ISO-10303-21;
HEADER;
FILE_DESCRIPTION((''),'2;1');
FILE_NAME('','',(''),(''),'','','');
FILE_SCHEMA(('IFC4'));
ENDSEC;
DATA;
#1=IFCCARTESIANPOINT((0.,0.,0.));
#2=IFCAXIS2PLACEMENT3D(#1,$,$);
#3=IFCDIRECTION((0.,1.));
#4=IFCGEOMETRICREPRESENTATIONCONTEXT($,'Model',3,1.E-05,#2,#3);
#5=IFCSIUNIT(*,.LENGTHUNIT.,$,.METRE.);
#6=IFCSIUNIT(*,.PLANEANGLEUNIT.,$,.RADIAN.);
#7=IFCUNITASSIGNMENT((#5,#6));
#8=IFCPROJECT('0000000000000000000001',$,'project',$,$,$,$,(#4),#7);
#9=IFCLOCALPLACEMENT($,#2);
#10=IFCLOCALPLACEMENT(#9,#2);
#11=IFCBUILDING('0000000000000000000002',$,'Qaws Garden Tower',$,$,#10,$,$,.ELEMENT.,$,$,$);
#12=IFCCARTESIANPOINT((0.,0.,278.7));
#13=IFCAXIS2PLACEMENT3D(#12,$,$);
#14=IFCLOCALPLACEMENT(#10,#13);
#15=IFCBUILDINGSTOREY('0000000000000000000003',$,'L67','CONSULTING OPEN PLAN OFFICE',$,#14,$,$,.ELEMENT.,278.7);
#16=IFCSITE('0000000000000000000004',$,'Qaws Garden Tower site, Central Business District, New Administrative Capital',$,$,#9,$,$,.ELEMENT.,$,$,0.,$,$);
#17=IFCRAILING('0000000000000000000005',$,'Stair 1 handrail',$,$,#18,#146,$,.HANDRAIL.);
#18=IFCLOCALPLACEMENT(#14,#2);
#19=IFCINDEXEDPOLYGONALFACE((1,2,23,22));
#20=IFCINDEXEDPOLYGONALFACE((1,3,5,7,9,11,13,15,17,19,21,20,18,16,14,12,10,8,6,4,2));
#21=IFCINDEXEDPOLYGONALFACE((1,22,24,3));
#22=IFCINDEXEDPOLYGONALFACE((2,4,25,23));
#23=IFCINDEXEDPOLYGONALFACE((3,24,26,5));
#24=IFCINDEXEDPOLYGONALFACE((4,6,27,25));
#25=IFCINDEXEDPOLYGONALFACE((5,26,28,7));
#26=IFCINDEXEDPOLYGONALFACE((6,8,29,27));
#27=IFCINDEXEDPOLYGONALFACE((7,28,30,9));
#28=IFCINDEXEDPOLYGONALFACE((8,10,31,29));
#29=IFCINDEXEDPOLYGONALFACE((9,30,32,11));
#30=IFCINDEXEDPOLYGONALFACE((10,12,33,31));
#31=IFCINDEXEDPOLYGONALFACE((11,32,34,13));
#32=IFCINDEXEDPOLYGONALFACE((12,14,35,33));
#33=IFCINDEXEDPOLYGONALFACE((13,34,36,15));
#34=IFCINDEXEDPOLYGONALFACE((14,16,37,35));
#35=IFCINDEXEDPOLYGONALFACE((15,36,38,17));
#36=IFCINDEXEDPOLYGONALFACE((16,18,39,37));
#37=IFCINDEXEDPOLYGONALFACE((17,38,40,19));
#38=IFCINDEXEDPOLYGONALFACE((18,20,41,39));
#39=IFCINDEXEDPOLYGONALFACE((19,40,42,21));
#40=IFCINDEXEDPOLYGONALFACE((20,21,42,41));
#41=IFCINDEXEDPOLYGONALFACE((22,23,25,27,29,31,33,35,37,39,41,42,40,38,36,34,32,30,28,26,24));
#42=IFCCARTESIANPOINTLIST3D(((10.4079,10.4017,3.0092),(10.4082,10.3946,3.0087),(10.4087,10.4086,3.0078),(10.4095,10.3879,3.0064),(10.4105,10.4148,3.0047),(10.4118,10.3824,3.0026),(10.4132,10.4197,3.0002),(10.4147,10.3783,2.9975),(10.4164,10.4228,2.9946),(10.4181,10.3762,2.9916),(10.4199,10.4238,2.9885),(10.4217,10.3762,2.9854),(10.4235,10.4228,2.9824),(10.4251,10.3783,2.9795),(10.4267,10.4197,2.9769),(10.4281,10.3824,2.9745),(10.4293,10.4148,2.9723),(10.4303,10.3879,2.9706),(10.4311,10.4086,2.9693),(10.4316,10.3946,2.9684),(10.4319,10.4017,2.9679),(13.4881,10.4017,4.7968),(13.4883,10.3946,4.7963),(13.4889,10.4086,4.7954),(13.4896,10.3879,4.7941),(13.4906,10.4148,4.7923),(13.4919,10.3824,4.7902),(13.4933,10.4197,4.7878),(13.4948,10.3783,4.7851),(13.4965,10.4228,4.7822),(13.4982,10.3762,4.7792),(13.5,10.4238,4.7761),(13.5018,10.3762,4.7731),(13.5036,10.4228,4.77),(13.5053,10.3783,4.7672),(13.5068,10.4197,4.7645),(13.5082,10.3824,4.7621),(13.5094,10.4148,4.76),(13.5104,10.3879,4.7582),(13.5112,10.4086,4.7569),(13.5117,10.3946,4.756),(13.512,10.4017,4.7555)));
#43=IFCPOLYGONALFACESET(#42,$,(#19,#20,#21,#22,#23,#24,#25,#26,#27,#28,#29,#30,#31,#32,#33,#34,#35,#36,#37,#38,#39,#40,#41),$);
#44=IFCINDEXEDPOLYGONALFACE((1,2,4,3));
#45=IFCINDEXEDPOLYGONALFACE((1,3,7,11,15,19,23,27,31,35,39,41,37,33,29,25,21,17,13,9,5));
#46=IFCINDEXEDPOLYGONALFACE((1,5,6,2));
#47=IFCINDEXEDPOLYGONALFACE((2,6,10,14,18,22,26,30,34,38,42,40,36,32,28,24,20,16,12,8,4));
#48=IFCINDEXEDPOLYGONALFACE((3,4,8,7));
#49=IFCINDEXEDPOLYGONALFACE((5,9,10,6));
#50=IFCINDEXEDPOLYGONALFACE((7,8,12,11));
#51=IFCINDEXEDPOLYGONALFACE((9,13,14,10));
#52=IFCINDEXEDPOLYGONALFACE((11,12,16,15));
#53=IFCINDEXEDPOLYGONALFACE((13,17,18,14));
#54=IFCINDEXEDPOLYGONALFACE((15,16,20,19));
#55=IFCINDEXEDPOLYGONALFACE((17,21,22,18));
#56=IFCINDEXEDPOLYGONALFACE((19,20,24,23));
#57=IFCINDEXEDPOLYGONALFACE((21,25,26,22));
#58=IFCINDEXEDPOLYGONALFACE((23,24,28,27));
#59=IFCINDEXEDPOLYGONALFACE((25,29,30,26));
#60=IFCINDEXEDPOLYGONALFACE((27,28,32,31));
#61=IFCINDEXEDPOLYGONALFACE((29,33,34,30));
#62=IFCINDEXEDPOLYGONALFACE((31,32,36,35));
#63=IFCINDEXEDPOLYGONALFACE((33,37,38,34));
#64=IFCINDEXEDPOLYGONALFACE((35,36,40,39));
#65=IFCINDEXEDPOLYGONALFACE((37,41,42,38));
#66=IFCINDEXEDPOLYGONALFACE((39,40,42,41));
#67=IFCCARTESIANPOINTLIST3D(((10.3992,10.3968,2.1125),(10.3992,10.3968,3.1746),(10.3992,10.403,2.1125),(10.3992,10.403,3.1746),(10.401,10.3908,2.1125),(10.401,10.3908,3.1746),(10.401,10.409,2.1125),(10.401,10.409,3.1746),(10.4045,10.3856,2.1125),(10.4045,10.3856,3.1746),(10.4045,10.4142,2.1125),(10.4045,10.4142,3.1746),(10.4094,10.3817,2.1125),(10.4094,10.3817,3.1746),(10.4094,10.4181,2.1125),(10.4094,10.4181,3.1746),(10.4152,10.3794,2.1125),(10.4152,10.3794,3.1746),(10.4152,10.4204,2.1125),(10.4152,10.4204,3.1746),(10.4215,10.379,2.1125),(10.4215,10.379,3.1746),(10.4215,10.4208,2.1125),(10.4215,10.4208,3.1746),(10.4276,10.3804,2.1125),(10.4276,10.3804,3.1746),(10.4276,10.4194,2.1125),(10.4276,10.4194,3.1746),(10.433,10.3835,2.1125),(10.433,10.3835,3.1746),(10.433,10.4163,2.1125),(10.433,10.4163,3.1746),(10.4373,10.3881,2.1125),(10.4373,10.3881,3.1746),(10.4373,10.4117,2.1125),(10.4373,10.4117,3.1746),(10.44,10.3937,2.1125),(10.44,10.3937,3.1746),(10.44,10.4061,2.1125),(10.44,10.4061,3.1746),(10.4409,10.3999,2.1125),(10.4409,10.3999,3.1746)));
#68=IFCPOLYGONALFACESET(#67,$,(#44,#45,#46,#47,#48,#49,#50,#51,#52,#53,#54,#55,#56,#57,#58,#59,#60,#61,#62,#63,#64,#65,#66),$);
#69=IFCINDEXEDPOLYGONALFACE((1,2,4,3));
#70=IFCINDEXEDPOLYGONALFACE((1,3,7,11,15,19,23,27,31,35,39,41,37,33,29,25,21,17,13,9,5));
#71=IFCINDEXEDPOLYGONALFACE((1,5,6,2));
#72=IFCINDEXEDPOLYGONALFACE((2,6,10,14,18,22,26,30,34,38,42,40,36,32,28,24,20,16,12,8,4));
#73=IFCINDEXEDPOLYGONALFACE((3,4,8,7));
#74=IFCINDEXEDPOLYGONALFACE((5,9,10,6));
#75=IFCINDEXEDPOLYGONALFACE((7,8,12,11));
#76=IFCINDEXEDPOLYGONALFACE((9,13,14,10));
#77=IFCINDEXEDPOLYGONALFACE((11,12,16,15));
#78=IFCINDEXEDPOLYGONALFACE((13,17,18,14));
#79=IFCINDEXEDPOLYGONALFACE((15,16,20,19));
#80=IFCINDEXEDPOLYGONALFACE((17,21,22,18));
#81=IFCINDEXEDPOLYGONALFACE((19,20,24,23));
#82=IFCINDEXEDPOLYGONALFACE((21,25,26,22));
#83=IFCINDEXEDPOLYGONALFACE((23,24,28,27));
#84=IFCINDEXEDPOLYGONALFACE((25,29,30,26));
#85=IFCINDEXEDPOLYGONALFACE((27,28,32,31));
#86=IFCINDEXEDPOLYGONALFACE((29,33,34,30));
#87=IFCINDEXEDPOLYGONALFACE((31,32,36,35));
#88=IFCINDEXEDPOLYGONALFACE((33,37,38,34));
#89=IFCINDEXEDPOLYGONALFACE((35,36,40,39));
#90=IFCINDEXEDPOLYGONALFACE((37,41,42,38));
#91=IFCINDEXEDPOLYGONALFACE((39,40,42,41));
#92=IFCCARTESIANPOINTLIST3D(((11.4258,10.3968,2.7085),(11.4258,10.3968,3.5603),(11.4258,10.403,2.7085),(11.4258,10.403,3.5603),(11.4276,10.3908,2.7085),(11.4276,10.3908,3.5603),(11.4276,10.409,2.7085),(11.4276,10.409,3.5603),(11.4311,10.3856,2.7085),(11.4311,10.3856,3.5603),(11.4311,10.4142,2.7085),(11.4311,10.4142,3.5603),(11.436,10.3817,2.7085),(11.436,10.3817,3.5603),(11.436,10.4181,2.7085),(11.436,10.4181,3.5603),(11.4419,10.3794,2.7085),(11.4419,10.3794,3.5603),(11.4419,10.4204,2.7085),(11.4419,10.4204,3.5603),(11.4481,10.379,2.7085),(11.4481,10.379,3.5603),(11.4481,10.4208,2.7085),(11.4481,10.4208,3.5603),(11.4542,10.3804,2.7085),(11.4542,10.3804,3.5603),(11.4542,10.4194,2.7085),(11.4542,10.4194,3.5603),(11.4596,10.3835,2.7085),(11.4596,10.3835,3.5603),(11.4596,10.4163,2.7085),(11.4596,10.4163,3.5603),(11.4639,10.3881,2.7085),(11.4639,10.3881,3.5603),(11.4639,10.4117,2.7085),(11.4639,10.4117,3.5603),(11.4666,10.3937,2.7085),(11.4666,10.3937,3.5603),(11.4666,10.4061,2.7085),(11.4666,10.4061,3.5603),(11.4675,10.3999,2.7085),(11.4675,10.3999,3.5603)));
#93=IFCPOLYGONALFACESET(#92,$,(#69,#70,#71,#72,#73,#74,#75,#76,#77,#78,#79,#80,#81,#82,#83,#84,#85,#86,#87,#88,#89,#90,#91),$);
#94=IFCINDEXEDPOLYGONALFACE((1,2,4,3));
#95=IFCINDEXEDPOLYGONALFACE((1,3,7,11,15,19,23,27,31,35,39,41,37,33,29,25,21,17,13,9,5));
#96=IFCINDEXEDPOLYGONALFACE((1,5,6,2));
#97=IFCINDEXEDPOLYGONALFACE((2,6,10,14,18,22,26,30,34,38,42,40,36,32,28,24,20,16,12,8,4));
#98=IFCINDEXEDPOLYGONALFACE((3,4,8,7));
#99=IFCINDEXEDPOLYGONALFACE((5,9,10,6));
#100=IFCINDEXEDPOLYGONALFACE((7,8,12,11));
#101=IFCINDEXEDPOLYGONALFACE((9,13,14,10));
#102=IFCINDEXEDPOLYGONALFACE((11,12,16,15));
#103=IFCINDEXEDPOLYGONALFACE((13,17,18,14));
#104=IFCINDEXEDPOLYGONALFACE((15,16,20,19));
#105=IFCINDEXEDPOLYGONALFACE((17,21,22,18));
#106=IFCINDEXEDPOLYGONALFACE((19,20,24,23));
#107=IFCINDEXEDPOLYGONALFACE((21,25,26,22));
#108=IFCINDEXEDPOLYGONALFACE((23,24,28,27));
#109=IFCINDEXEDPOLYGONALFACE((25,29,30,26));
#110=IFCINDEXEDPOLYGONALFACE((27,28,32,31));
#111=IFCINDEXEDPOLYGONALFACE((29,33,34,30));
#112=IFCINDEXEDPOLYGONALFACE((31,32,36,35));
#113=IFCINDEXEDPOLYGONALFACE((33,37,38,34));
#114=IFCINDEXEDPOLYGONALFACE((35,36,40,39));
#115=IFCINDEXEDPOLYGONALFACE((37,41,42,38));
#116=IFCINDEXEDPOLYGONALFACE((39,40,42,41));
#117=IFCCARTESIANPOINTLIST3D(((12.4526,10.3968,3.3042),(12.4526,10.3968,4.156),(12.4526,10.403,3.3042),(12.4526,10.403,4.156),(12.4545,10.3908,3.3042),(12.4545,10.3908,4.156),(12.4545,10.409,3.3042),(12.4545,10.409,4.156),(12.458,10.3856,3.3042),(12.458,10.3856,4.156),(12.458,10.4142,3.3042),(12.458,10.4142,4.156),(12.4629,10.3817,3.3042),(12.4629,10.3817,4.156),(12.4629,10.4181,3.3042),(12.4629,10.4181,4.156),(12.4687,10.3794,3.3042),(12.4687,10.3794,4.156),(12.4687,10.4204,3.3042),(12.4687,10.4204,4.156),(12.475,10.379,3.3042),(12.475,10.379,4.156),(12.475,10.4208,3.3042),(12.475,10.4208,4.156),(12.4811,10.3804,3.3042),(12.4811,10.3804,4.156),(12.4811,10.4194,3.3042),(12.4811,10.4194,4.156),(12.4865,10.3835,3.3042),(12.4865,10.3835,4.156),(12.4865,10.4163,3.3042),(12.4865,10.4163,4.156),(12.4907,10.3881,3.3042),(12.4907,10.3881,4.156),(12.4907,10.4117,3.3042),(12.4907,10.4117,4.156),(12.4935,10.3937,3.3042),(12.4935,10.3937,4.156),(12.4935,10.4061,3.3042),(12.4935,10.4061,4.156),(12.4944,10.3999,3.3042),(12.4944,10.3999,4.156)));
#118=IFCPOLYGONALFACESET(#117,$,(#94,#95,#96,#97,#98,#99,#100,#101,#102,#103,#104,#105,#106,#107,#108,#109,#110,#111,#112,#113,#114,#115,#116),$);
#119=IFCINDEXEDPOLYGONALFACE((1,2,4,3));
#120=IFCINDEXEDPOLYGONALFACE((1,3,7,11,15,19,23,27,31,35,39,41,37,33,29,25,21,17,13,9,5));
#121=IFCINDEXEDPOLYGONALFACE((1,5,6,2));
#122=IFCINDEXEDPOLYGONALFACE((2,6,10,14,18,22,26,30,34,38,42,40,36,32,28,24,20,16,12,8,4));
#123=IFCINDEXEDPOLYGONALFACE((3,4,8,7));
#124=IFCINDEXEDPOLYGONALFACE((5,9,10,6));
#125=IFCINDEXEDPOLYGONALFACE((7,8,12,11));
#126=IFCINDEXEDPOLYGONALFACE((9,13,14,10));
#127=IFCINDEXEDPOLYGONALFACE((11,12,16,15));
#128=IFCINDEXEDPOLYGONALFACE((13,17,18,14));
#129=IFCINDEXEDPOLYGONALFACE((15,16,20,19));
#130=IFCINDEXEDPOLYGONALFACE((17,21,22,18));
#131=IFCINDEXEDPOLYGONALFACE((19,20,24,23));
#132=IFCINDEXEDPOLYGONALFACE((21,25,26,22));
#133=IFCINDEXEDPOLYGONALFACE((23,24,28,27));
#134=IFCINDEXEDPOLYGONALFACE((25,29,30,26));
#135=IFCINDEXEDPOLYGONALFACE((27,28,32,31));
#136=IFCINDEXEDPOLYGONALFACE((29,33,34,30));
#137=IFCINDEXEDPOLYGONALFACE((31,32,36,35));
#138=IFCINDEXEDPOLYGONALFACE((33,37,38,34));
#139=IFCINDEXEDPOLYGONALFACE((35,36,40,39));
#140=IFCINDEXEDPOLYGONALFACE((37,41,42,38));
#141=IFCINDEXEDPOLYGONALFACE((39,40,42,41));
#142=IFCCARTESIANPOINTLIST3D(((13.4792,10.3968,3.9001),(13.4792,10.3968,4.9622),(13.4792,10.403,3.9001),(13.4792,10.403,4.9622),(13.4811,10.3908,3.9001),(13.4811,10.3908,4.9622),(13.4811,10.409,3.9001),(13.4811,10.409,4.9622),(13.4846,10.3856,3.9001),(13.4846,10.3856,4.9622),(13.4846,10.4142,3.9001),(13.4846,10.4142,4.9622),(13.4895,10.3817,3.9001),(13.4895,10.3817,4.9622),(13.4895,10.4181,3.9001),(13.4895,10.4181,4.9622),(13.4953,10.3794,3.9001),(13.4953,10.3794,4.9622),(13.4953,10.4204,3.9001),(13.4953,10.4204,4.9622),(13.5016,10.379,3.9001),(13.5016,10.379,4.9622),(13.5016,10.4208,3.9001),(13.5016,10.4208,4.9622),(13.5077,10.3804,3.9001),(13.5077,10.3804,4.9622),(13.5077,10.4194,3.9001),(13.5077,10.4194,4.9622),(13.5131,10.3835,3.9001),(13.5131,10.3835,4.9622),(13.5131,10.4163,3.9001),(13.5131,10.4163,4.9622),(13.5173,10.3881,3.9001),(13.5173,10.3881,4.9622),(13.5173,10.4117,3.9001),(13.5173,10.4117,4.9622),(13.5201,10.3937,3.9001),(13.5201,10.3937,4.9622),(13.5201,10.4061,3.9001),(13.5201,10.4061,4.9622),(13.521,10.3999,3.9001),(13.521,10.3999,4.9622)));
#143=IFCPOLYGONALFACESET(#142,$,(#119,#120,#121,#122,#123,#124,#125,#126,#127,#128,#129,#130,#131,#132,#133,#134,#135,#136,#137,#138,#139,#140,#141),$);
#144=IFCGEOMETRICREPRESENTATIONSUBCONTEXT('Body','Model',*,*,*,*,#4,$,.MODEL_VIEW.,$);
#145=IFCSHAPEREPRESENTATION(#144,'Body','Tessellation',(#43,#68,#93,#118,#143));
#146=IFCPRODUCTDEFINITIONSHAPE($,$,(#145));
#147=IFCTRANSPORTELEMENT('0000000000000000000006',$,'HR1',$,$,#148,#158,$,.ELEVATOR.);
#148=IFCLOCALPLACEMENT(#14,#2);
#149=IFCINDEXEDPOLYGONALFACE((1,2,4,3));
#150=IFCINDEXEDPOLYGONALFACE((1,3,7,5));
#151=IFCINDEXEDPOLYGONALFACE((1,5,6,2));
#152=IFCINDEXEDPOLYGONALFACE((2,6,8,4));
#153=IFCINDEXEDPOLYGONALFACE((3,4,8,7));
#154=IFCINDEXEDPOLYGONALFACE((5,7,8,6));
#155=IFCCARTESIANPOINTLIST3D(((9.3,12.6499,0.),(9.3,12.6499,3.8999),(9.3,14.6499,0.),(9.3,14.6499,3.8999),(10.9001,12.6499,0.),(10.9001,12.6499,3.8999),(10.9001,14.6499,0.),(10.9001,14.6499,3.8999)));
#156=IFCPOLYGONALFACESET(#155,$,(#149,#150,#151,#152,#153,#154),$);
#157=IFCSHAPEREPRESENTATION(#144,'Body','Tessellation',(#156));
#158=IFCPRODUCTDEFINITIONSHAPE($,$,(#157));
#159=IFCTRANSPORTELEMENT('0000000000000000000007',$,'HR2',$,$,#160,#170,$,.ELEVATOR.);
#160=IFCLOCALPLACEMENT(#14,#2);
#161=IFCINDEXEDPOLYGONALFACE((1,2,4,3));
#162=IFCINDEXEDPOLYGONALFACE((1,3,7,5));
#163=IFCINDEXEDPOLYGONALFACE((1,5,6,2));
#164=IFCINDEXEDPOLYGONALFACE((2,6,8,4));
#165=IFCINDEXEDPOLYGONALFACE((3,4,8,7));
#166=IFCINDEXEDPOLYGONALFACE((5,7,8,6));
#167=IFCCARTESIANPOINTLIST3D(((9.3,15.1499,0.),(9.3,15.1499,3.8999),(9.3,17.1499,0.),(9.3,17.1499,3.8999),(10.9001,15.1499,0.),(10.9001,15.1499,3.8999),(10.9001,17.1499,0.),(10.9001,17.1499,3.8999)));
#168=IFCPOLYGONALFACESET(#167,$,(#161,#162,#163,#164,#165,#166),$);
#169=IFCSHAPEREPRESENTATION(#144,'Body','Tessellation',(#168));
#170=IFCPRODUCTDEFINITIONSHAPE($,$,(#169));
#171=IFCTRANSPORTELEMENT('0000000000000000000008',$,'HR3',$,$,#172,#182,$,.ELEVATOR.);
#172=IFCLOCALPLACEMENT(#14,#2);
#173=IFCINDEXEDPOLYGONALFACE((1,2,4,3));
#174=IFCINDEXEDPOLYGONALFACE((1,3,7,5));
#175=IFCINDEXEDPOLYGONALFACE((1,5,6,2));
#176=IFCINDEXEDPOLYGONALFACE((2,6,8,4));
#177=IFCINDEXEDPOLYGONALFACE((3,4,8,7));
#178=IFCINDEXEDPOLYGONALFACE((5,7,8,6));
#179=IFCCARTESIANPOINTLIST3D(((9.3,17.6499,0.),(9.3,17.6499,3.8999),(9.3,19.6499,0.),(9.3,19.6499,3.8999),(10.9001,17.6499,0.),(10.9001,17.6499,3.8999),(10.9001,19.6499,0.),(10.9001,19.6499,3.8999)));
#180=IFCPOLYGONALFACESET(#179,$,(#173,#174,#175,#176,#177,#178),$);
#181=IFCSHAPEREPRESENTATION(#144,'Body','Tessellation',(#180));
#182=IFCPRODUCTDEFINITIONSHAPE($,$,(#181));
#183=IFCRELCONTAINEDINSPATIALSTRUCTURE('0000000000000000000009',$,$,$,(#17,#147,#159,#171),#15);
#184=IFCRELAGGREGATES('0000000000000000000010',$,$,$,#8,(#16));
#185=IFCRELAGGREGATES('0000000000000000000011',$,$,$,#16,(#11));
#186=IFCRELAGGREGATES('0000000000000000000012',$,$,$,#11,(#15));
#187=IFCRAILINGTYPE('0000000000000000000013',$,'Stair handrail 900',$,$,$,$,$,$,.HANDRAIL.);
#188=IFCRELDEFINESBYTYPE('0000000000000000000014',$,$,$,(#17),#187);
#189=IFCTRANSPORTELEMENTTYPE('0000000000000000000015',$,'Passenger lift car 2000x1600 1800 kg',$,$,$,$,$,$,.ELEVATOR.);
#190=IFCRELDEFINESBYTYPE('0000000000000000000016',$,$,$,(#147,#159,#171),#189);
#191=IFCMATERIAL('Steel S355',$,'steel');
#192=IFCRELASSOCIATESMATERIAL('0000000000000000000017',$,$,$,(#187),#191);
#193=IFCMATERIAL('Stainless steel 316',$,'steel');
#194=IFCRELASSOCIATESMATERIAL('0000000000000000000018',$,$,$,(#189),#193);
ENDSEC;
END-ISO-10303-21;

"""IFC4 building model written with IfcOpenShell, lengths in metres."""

from ifc_helpers import new_model, si_unit, direction, frame, origin, origin_2d, place, context, subcontext, project, spatial, rectangle, circle, extrude, material, type_object, element, save


model = new_model("IFC4")

# Units and contexts
model_context = context("Model", 3, precision=1e-05, world=origin(), true_north=direction((0.0, 1.0)))
body_context = subcontext(model_context, "Body", "Model", "MODEL_VIEW")
ifc_project = project(units=[si_unit("LENGTHUNIT", "METRE"), si_unit("PLANEANGLEUNIT", "RADIAN")], contexts=[model_context])

# Site, building, storey
site_placement = place(None, origin())
site = spatial("IfcSite", under=ifc_project, at=site_placement, Name="Qaws Garden Tower site, Central Business District, New Administrative Capital", CompositionType="ELEMENT", RefElevation=0.0)
building_placement = place(site_placement, origin())
building = spatial("IfcBuilding", under=site, at=building_placement, Name="Qaws Garden Tower", CompositionType="ELEMENT")
storey_placement = place(building_placement, frame((0.0, 0.0, 278.7)))
storey = spatial("IfcBuildingStorey", under=building, at=storey_placement, Name="L67", Description="CONSULTING OPEN PLAN OFFICE", CompositionType="ELEMENT", Elevation=278.7)

# Railing
ifc_material_1 = material(Name="Steel S355", Category="steel")
railing_type = type_object("IfcRailingType", Name="Stair handrail 900", PredefinedType="HANDRAIL", material=ifc_material_1)
railing_placement = place(storey_placement, frame((10.4199, 10.3999, 2.1125)))
element("IfcRailing", 1, at=railing_placement, inside=storey, type_object=railing_type, Name="Stair 1 handrail", PredefinedType="HANDRAIL", context=body_context, shape_type="SweptSolid", body=[
    extrude(circle(Radius=0.0239, at=origin_2d()), frame((0.0, 0.0, 0.876), z_axis=(0.864891, 0.0, 0.50196), x_axis=(0.0, 1.0, 0.0)), (0.0, 0.0, 1.0), 3.5613),
    extrude(circle(Radius=0.021, at=origin_2d()), origin(), (0.0, 0.0, 1.0), 1.062),
    extrude(circle(Radius=0.021, at=origin_2d()), frame((1.0266, 0.0, 0.5959)), (0.0, 0.0, 1.0), 0.8518),
    extrude(circle(Radius=0.021, at=origin_2d()), frame((2.0535, 0.0, 1.1917)), (0.0, 0.0, 1.0), 0.8518),
    extrude(circle(Radius=0.021, at=origin_2d()), frame((3.0801, 0.0, 1.7876)), (0.0, 0.0, 1.0), 1.062),
])

# Transport elements
ifc_material_2 = material(Name="Stainless steel 316", Category="steel")
transport_element_type = type_object("IfcTransportElementType", Name="Passenger lift car 2000x1600 1800 kg", PredefinedType="ELEVATOR", material=ifc_material_2)
for number, where, z_axis, x_axis, name in (
    (2, (10.1001, 13.6499, 0.0), (0.0, 0.0, 1.0), (1.0, 0.0, 0.0), "HR1"),
    (3, (10.1001, 16.1499, 0.0), (0.0, 0.0, 1.0), (1.0, 0.0, 0.0), "HR2"),
    (4, (10.1001, 18.6499, 0.0), (0.0, 0.0, 1.0), (1.0, 0.0, 0.0), "HR3"),
):
    element("IfcTransportElement", number, at=place(storey_placement, frame(where, z_axis=z_axis, x_axis=x_axis)), inside=storey, type_object=transport_element_type, Name=name, PredefinedType="ELEVATOR", context=body_context, shape_type="SweptSolid", body=[
        extrude(rectangle(XDim=1.6001, YDim=2.0, at=origin_2d()), origin(), (0.0, 0.0, 1.0), 3.8999),
    ])

save(model, "model.ifc")
